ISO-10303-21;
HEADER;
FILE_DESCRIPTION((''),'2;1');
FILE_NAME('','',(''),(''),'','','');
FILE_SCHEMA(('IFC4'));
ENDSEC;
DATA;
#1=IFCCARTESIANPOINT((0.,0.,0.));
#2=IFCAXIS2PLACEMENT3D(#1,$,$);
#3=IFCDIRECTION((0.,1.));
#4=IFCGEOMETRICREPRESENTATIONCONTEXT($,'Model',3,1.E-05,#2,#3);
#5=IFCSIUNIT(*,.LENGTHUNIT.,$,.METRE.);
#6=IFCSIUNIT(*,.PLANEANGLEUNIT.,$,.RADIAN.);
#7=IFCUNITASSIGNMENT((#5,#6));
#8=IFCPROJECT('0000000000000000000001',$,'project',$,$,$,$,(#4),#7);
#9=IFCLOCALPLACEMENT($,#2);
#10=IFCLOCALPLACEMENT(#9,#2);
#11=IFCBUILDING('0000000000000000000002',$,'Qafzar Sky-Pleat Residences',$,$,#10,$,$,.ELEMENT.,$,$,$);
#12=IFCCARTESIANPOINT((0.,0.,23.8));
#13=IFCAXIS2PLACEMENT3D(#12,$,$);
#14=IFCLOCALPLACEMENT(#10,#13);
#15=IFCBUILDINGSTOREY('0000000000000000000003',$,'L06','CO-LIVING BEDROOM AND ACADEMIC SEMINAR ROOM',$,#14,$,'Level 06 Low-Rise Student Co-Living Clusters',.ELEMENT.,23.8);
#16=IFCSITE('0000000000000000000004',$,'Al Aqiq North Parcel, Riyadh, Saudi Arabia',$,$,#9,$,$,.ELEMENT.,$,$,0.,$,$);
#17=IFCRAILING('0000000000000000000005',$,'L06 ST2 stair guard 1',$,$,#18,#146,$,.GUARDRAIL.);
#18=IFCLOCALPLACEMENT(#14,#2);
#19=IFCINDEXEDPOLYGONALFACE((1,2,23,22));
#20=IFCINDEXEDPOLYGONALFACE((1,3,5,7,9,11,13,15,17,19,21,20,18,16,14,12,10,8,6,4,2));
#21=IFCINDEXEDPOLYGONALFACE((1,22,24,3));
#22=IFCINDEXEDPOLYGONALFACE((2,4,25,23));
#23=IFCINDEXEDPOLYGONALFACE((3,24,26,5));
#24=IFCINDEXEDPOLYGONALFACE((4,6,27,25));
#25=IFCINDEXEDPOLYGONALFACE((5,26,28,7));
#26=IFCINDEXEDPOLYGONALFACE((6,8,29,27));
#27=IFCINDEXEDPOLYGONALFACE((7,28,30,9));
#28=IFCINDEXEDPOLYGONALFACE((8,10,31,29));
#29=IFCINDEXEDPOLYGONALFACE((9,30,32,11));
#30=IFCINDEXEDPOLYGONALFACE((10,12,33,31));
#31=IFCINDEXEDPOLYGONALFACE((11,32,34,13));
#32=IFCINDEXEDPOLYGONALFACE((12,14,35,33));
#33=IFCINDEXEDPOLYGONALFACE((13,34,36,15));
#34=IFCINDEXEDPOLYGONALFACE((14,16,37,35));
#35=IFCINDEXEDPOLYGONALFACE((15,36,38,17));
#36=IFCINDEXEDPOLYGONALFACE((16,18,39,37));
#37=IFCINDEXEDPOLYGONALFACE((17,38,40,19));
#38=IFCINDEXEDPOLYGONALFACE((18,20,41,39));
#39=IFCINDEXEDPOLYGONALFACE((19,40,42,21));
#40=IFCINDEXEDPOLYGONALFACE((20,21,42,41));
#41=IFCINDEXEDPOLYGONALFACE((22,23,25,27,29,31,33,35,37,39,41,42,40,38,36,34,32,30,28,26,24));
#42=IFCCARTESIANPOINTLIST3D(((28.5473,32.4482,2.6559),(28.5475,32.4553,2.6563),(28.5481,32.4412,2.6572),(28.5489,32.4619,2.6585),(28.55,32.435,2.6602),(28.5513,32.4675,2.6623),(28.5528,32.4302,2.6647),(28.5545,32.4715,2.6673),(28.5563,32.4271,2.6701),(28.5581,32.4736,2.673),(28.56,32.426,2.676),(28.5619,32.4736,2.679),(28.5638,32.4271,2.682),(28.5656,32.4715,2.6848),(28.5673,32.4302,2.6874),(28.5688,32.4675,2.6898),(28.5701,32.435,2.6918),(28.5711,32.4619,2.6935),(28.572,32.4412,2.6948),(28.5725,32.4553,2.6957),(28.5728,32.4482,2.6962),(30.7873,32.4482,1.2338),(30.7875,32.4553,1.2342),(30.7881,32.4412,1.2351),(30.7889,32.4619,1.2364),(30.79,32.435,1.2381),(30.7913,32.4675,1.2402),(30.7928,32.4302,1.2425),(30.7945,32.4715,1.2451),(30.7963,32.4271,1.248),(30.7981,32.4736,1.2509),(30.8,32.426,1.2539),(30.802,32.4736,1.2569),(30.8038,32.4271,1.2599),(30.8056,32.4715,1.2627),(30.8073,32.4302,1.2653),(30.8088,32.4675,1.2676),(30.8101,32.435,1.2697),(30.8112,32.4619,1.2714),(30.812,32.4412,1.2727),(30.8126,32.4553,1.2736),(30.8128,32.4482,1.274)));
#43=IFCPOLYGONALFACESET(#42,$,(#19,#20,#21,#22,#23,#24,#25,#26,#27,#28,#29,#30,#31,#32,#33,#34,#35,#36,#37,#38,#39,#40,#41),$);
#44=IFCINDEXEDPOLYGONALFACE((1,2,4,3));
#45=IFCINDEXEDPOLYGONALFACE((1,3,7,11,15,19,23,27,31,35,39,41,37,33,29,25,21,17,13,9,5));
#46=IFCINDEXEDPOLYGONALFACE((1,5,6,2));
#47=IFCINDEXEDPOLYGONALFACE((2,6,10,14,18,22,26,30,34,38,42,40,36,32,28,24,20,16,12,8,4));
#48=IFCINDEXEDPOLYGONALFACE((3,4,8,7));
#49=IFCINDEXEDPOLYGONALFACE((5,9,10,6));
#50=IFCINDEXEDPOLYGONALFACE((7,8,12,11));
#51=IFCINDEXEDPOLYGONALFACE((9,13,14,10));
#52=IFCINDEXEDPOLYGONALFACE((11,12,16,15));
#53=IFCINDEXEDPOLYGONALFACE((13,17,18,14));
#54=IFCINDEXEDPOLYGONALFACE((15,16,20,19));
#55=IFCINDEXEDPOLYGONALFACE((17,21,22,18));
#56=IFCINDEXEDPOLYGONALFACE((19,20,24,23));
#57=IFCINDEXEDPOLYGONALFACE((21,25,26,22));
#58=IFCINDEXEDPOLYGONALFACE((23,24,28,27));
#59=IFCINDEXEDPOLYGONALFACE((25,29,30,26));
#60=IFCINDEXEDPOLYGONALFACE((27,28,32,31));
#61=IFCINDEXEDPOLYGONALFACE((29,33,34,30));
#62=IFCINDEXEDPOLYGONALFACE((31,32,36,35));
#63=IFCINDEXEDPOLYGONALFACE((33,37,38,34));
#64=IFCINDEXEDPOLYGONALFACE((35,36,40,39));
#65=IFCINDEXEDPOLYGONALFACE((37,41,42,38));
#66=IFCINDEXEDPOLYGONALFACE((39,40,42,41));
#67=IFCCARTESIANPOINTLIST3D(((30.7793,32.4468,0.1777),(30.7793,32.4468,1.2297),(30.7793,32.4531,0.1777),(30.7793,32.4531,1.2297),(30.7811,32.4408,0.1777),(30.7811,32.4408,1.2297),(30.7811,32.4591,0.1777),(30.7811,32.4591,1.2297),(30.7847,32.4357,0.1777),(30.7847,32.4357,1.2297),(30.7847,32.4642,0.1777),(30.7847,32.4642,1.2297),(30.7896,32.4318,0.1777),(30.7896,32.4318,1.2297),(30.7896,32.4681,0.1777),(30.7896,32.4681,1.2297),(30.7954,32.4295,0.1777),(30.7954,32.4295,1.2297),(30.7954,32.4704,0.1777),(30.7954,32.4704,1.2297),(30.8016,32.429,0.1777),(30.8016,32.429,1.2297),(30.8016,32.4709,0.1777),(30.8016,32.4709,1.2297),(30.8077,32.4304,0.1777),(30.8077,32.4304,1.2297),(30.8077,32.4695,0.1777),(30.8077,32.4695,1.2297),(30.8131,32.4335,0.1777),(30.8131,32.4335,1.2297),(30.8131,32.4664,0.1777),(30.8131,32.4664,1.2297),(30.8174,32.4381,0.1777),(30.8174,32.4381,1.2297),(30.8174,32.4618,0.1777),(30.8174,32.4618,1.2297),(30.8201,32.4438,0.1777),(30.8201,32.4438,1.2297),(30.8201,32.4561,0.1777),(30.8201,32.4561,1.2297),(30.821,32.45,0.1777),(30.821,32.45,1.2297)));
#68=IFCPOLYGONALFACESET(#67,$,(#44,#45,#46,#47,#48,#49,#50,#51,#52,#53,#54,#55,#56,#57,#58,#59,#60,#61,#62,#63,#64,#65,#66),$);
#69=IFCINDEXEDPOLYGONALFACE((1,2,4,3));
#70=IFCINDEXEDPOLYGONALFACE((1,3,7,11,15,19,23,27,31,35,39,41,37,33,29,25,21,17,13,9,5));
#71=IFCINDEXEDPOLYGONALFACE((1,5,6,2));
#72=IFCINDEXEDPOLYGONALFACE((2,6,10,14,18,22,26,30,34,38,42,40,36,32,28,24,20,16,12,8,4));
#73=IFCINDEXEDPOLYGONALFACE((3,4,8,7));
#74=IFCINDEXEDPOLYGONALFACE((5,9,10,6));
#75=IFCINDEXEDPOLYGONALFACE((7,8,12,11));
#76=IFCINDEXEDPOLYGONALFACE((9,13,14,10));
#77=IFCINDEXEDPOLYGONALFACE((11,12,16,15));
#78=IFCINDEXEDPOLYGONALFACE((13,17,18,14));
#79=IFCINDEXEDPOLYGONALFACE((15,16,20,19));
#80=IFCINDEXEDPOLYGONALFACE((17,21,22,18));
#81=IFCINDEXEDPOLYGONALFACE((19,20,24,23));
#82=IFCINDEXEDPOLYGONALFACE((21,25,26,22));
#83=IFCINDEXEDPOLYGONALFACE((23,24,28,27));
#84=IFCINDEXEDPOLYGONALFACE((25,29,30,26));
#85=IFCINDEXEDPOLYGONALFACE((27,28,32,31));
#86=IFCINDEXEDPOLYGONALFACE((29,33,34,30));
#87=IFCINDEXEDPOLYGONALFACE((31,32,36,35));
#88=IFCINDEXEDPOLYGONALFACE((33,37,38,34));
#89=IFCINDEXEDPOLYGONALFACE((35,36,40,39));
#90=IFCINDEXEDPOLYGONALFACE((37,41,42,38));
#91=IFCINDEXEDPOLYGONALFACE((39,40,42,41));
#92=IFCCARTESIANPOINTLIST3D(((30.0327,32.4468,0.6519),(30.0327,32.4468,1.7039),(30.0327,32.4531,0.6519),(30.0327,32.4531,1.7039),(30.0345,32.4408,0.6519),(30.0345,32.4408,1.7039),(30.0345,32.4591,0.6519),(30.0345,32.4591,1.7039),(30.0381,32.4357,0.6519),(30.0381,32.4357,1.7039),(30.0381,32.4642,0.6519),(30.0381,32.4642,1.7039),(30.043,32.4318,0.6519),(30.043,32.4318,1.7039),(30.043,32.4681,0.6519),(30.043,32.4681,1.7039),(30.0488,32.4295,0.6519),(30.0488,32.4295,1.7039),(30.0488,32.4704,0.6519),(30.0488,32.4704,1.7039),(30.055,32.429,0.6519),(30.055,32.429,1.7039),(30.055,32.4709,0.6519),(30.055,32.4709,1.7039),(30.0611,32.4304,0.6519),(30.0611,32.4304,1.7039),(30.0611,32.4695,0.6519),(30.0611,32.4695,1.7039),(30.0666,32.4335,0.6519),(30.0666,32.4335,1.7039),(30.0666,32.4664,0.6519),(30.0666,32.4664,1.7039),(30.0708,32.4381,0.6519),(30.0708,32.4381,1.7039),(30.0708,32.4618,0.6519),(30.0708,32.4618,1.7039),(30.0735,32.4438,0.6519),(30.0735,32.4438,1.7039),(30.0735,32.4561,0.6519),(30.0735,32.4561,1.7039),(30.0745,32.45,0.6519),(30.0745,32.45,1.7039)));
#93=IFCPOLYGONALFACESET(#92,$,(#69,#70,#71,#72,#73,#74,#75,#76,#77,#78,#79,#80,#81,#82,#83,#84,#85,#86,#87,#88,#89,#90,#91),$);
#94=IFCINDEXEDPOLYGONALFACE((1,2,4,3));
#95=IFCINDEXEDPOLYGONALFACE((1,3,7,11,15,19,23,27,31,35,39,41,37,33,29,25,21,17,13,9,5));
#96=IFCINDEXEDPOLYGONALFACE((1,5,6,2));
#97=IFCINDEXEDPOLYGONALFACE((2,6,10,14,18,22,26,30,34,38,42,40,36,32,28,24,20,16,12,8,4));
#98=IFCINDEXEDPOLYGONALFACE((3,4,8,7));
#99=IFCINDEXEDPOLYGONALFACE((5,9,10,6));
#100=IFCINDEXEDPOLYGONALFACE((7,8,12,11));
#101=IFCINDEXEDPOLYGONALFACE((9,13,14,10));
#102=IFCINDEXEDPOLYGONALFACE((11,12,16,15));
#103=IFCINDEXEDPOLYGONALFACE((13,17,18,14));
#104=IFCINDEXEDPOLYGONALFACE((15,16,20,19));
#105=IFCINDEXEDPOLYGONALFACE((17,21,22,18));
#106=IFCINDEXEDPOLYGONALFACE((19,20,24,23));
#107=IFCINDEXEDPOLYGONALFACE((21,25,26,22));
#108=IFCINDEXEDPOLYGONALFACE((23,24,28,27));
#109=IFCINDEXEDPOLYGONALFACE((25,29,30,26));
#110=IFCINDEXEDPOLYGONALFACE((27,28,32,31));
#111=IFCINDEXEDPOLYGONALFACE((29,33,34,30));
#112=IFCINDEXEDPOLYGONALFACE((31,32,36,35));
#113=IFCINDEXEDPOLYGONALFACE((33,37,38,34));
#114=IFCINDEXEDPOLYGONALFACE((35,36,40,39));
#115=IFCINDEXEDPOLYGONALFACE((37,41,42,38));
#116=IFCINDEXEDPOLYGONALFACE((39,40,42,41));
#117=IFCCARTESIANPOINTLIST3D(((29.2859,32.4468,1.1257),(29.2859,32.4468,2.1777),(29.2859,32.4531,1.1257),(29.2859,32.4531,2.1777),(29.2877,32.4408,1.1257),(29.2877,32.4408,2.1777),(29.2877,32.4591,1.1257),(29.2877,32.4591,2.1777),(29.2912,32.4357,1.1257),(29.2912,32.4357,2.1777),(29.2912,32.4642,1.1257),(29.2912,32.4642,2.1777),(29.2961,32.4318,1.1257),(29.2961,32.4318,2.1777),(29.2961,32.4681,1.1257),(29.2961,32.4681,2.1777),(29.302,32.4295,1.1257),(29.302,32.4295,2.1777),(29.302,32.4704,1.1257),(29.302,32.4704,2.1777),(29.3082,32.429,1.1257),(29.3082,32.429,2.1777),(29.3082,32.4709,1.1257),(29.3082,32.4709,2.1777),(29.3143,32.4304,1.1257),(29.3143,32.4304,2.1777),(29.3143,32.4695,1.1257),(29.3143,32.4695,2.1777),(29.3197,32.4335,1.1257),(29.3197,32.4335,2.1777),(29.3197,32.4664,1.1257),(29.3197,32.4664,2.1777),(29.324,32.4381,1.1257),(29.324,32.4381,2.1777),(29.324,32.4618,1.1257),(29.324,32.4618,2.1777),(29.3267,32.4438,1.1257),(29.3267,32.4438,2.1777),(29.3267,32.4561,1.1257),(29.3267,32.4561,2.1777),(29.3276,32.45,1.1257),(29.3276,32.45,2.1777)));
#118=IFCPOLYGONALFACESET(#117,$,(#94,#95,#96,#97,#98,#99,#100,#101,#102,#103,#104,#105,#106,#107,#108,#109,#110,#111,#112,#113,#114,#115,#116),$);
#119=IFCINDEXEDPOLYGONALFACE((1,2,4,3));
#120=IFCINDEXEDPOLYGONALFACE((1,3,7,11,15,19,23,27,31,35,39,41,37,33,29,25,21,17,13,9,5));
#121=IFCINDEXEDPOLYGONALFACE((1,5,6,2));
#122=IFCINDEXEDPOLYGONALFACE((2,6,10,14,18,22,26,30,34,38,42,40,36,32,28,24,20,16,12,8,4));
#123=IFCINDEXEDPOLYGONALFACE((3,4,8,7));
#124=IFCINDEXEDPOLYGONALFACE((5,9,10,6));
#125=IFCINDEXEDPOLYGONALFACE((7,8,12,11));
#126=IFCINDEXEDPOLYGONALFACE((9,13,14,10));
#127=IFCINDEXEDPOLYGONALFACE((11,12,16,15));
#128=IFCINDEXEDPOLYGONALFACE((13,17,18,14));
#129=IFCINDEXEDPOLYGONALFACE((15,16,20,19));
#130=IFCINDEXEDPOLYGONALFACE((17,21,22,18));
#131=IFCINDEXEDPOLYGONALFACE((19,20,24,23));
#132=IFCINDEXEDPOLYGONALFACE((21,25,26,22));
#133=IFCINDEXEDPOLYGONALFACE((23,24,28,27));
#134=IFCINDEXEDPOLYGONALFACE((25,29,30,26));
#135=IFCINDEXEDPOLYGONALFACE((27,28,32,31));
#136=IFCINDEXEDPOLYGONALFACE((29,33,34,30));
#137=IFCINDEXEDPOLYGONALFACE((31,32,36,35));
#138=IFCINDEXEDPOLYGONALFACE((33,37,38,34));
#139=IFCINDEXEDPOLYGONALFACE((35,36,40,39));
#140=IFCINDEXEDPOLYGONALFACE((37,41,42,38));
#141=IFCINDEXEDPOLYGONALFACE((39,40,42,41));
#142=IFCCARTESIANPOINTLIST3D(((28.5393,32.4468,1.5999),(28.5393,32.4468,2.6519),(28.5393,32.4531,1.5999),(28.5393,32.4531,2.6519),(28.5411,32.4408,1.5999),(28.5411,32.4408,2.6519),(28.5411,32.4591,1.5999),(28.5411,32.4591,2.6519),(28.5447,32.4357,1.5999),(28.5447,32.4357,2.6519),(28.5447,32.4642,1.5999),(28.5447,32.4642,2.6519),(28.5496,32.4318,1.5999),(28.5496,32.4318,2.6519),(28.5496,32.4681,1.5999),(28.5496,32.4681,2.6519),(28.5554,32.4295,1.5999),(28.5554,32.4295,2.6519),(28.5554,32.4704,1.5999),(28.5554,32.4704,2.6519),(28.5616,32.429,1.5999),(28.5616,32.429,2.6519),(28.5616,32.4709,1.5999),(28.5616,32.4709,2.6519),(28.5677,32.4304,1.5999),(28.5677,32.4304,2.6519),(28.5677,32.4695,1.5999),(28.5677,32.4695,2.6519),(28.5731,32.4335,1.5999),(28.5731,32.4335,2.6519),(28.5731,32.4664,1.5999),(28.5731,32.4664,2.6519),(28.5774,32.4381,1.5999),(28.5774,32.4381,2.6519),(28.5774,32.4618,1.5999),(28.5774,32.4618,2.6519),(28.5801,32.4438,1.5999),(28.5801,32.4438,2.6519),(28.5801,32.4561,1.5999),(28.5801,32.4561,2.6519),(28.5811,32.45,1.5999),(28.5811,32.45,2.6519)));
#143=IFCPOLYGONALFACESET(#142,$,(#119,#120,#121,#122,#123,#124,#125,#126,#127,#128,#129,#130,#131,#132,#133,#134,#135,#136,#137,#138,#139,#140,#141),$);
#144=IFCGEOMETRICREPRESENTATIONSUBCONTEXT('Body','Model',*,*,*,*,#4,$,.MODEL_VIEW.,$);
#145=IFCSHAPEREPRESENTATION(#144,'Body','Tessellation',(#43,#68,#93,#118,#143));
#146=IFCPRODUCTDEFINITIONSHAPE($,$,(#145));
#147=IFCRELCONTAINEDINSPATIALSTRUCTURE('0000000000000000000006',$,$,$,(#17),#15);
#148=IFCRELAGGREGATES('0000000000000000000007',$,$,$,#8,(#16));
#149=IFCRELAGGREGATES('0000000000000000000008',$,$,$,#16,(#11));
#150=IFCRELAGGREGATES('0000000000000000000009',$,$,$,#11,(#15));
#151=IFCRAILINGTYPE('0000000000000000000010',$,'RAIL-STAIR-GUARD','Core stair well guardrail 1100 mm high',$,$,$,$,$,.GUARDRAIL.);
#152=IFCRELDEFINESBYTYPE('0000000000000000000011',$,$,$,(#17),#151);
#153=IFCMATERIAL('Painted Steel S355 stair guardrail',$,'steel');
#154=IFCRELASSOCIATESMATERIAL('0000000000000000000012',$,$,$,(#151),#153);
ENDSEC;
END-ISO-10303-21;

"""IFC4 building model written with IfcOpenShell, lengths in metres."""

from ifc_helpers import new_model, si_unit, direction, frame, origin, origin_2d, place, context, subcontext, project, spatial, circle, extrude, source, transform, mapped, material, type_object, element, save


model = new_model("IFC4")

# Units and contexts
model_context = context("Model", 3, precision=1e-05, world=origin(), true_north=direction((0.0, 1.0)))
body_context = subcontext(model_context, "Body", "Model", "MODEL_VIEW")
ifc_project = project(units=[si_unit("LENGTHUNIT", "METRE"), si_unit("PLANEANGLEUNIT", "RADIAN")], contexts=[model_context])

# Site, building, storey
site_placement = place(None, origin())
site = spatial("IfcSite", under=ifc_project, at=site_placement, Name="Al Aqiq North Parcel, Riyadh, Saudi Arabia", CompositionType="ELEMENT", RefElevation=0.0)
building_placement = place(site_placement, origin())
building = spatial("IfcBuilding", under=site, at=building_placement, Name="Qafzar Sky-Pleat Residences", CompositionType="ELEMENT")
storey_placement = place(building_placement, frame((0.0, 0.0, 23.8)))
storey = spatial("IfcBuildingStorey", under=building, at=storey_placement, Name="L06", Description="CO-LIVING BEDROOM AND ACADEMIC SEMINAR ROOM", LongName="Level 06 Low-Rise Student Co-Living Clusters", CompositionType="ELEMENT", Elevation=23.8)

# Railing
ifc_material_1 = material(Name="Painted Steel S355 stair guardrail", Category="steel")
railing_type = type_object("IfcRailingType", Name="RAIL-STAIR-GUARD", Description="Core stair well guardrail 1100 mm high", PredefinedType="GUARDRAIL", material=ifc_material_1)
shared_shape_1 = source(origin(), body_context, "Body", "SweptSolid", [
    extrude(circle(Radius=0.0239, at=origin_2d()), frame((0.0, 0.0, 1.0762), z_axis=(-0.844229, 0.0, 0.535982), x_axis=(0.0, -1.0, 0.0)), (0.0, 0.0, 1.0), 2.6533),
    extrude(circle(Radius=0.021, at=origin_2d()), origin(), (0.0, 0.0, 1.0), 1.052),
    extrude(circle(Radius=0.021, at=origin_2d()), frame((-0.7466, 0.0, 0.4741)), (0.0, 0.0, 1.0), 1.052),
    extrude(circle(Radius=0.021, at=origin_2d()), frame((-1.4934, 0.0, 0.948)), (0.0, 0.0, 1.0), 1.052),
    extrude(circle(Radius=0.021, at=origin_2d()), frame((-2.24, 0.0, 1.4221)), (0.0, 0.0, 1.0), 1.052),
])
railing_1_placement = place(storey_placement, frame((30.8, 32.45, 0.1777)))
element("IfcRailing", 1, at=railing_1_placement, inside=storey, type_object=railing_type, Name="L06 ST2 stair guard 1", PredefinedType="GUARDRAIL", context=body_context, shape_type="MappedRepresentation", body=[
    mapped(shared_shape_1, transform((0.0, 0.0, 0.0), x_axis=(1.0, 0.0, 0.0), y_axis=(0.0, 1.0, 0.0), z_axis=(0.0, 0.0, 1.0), scale=1.0)),
])

save(model, "model.ifc")
